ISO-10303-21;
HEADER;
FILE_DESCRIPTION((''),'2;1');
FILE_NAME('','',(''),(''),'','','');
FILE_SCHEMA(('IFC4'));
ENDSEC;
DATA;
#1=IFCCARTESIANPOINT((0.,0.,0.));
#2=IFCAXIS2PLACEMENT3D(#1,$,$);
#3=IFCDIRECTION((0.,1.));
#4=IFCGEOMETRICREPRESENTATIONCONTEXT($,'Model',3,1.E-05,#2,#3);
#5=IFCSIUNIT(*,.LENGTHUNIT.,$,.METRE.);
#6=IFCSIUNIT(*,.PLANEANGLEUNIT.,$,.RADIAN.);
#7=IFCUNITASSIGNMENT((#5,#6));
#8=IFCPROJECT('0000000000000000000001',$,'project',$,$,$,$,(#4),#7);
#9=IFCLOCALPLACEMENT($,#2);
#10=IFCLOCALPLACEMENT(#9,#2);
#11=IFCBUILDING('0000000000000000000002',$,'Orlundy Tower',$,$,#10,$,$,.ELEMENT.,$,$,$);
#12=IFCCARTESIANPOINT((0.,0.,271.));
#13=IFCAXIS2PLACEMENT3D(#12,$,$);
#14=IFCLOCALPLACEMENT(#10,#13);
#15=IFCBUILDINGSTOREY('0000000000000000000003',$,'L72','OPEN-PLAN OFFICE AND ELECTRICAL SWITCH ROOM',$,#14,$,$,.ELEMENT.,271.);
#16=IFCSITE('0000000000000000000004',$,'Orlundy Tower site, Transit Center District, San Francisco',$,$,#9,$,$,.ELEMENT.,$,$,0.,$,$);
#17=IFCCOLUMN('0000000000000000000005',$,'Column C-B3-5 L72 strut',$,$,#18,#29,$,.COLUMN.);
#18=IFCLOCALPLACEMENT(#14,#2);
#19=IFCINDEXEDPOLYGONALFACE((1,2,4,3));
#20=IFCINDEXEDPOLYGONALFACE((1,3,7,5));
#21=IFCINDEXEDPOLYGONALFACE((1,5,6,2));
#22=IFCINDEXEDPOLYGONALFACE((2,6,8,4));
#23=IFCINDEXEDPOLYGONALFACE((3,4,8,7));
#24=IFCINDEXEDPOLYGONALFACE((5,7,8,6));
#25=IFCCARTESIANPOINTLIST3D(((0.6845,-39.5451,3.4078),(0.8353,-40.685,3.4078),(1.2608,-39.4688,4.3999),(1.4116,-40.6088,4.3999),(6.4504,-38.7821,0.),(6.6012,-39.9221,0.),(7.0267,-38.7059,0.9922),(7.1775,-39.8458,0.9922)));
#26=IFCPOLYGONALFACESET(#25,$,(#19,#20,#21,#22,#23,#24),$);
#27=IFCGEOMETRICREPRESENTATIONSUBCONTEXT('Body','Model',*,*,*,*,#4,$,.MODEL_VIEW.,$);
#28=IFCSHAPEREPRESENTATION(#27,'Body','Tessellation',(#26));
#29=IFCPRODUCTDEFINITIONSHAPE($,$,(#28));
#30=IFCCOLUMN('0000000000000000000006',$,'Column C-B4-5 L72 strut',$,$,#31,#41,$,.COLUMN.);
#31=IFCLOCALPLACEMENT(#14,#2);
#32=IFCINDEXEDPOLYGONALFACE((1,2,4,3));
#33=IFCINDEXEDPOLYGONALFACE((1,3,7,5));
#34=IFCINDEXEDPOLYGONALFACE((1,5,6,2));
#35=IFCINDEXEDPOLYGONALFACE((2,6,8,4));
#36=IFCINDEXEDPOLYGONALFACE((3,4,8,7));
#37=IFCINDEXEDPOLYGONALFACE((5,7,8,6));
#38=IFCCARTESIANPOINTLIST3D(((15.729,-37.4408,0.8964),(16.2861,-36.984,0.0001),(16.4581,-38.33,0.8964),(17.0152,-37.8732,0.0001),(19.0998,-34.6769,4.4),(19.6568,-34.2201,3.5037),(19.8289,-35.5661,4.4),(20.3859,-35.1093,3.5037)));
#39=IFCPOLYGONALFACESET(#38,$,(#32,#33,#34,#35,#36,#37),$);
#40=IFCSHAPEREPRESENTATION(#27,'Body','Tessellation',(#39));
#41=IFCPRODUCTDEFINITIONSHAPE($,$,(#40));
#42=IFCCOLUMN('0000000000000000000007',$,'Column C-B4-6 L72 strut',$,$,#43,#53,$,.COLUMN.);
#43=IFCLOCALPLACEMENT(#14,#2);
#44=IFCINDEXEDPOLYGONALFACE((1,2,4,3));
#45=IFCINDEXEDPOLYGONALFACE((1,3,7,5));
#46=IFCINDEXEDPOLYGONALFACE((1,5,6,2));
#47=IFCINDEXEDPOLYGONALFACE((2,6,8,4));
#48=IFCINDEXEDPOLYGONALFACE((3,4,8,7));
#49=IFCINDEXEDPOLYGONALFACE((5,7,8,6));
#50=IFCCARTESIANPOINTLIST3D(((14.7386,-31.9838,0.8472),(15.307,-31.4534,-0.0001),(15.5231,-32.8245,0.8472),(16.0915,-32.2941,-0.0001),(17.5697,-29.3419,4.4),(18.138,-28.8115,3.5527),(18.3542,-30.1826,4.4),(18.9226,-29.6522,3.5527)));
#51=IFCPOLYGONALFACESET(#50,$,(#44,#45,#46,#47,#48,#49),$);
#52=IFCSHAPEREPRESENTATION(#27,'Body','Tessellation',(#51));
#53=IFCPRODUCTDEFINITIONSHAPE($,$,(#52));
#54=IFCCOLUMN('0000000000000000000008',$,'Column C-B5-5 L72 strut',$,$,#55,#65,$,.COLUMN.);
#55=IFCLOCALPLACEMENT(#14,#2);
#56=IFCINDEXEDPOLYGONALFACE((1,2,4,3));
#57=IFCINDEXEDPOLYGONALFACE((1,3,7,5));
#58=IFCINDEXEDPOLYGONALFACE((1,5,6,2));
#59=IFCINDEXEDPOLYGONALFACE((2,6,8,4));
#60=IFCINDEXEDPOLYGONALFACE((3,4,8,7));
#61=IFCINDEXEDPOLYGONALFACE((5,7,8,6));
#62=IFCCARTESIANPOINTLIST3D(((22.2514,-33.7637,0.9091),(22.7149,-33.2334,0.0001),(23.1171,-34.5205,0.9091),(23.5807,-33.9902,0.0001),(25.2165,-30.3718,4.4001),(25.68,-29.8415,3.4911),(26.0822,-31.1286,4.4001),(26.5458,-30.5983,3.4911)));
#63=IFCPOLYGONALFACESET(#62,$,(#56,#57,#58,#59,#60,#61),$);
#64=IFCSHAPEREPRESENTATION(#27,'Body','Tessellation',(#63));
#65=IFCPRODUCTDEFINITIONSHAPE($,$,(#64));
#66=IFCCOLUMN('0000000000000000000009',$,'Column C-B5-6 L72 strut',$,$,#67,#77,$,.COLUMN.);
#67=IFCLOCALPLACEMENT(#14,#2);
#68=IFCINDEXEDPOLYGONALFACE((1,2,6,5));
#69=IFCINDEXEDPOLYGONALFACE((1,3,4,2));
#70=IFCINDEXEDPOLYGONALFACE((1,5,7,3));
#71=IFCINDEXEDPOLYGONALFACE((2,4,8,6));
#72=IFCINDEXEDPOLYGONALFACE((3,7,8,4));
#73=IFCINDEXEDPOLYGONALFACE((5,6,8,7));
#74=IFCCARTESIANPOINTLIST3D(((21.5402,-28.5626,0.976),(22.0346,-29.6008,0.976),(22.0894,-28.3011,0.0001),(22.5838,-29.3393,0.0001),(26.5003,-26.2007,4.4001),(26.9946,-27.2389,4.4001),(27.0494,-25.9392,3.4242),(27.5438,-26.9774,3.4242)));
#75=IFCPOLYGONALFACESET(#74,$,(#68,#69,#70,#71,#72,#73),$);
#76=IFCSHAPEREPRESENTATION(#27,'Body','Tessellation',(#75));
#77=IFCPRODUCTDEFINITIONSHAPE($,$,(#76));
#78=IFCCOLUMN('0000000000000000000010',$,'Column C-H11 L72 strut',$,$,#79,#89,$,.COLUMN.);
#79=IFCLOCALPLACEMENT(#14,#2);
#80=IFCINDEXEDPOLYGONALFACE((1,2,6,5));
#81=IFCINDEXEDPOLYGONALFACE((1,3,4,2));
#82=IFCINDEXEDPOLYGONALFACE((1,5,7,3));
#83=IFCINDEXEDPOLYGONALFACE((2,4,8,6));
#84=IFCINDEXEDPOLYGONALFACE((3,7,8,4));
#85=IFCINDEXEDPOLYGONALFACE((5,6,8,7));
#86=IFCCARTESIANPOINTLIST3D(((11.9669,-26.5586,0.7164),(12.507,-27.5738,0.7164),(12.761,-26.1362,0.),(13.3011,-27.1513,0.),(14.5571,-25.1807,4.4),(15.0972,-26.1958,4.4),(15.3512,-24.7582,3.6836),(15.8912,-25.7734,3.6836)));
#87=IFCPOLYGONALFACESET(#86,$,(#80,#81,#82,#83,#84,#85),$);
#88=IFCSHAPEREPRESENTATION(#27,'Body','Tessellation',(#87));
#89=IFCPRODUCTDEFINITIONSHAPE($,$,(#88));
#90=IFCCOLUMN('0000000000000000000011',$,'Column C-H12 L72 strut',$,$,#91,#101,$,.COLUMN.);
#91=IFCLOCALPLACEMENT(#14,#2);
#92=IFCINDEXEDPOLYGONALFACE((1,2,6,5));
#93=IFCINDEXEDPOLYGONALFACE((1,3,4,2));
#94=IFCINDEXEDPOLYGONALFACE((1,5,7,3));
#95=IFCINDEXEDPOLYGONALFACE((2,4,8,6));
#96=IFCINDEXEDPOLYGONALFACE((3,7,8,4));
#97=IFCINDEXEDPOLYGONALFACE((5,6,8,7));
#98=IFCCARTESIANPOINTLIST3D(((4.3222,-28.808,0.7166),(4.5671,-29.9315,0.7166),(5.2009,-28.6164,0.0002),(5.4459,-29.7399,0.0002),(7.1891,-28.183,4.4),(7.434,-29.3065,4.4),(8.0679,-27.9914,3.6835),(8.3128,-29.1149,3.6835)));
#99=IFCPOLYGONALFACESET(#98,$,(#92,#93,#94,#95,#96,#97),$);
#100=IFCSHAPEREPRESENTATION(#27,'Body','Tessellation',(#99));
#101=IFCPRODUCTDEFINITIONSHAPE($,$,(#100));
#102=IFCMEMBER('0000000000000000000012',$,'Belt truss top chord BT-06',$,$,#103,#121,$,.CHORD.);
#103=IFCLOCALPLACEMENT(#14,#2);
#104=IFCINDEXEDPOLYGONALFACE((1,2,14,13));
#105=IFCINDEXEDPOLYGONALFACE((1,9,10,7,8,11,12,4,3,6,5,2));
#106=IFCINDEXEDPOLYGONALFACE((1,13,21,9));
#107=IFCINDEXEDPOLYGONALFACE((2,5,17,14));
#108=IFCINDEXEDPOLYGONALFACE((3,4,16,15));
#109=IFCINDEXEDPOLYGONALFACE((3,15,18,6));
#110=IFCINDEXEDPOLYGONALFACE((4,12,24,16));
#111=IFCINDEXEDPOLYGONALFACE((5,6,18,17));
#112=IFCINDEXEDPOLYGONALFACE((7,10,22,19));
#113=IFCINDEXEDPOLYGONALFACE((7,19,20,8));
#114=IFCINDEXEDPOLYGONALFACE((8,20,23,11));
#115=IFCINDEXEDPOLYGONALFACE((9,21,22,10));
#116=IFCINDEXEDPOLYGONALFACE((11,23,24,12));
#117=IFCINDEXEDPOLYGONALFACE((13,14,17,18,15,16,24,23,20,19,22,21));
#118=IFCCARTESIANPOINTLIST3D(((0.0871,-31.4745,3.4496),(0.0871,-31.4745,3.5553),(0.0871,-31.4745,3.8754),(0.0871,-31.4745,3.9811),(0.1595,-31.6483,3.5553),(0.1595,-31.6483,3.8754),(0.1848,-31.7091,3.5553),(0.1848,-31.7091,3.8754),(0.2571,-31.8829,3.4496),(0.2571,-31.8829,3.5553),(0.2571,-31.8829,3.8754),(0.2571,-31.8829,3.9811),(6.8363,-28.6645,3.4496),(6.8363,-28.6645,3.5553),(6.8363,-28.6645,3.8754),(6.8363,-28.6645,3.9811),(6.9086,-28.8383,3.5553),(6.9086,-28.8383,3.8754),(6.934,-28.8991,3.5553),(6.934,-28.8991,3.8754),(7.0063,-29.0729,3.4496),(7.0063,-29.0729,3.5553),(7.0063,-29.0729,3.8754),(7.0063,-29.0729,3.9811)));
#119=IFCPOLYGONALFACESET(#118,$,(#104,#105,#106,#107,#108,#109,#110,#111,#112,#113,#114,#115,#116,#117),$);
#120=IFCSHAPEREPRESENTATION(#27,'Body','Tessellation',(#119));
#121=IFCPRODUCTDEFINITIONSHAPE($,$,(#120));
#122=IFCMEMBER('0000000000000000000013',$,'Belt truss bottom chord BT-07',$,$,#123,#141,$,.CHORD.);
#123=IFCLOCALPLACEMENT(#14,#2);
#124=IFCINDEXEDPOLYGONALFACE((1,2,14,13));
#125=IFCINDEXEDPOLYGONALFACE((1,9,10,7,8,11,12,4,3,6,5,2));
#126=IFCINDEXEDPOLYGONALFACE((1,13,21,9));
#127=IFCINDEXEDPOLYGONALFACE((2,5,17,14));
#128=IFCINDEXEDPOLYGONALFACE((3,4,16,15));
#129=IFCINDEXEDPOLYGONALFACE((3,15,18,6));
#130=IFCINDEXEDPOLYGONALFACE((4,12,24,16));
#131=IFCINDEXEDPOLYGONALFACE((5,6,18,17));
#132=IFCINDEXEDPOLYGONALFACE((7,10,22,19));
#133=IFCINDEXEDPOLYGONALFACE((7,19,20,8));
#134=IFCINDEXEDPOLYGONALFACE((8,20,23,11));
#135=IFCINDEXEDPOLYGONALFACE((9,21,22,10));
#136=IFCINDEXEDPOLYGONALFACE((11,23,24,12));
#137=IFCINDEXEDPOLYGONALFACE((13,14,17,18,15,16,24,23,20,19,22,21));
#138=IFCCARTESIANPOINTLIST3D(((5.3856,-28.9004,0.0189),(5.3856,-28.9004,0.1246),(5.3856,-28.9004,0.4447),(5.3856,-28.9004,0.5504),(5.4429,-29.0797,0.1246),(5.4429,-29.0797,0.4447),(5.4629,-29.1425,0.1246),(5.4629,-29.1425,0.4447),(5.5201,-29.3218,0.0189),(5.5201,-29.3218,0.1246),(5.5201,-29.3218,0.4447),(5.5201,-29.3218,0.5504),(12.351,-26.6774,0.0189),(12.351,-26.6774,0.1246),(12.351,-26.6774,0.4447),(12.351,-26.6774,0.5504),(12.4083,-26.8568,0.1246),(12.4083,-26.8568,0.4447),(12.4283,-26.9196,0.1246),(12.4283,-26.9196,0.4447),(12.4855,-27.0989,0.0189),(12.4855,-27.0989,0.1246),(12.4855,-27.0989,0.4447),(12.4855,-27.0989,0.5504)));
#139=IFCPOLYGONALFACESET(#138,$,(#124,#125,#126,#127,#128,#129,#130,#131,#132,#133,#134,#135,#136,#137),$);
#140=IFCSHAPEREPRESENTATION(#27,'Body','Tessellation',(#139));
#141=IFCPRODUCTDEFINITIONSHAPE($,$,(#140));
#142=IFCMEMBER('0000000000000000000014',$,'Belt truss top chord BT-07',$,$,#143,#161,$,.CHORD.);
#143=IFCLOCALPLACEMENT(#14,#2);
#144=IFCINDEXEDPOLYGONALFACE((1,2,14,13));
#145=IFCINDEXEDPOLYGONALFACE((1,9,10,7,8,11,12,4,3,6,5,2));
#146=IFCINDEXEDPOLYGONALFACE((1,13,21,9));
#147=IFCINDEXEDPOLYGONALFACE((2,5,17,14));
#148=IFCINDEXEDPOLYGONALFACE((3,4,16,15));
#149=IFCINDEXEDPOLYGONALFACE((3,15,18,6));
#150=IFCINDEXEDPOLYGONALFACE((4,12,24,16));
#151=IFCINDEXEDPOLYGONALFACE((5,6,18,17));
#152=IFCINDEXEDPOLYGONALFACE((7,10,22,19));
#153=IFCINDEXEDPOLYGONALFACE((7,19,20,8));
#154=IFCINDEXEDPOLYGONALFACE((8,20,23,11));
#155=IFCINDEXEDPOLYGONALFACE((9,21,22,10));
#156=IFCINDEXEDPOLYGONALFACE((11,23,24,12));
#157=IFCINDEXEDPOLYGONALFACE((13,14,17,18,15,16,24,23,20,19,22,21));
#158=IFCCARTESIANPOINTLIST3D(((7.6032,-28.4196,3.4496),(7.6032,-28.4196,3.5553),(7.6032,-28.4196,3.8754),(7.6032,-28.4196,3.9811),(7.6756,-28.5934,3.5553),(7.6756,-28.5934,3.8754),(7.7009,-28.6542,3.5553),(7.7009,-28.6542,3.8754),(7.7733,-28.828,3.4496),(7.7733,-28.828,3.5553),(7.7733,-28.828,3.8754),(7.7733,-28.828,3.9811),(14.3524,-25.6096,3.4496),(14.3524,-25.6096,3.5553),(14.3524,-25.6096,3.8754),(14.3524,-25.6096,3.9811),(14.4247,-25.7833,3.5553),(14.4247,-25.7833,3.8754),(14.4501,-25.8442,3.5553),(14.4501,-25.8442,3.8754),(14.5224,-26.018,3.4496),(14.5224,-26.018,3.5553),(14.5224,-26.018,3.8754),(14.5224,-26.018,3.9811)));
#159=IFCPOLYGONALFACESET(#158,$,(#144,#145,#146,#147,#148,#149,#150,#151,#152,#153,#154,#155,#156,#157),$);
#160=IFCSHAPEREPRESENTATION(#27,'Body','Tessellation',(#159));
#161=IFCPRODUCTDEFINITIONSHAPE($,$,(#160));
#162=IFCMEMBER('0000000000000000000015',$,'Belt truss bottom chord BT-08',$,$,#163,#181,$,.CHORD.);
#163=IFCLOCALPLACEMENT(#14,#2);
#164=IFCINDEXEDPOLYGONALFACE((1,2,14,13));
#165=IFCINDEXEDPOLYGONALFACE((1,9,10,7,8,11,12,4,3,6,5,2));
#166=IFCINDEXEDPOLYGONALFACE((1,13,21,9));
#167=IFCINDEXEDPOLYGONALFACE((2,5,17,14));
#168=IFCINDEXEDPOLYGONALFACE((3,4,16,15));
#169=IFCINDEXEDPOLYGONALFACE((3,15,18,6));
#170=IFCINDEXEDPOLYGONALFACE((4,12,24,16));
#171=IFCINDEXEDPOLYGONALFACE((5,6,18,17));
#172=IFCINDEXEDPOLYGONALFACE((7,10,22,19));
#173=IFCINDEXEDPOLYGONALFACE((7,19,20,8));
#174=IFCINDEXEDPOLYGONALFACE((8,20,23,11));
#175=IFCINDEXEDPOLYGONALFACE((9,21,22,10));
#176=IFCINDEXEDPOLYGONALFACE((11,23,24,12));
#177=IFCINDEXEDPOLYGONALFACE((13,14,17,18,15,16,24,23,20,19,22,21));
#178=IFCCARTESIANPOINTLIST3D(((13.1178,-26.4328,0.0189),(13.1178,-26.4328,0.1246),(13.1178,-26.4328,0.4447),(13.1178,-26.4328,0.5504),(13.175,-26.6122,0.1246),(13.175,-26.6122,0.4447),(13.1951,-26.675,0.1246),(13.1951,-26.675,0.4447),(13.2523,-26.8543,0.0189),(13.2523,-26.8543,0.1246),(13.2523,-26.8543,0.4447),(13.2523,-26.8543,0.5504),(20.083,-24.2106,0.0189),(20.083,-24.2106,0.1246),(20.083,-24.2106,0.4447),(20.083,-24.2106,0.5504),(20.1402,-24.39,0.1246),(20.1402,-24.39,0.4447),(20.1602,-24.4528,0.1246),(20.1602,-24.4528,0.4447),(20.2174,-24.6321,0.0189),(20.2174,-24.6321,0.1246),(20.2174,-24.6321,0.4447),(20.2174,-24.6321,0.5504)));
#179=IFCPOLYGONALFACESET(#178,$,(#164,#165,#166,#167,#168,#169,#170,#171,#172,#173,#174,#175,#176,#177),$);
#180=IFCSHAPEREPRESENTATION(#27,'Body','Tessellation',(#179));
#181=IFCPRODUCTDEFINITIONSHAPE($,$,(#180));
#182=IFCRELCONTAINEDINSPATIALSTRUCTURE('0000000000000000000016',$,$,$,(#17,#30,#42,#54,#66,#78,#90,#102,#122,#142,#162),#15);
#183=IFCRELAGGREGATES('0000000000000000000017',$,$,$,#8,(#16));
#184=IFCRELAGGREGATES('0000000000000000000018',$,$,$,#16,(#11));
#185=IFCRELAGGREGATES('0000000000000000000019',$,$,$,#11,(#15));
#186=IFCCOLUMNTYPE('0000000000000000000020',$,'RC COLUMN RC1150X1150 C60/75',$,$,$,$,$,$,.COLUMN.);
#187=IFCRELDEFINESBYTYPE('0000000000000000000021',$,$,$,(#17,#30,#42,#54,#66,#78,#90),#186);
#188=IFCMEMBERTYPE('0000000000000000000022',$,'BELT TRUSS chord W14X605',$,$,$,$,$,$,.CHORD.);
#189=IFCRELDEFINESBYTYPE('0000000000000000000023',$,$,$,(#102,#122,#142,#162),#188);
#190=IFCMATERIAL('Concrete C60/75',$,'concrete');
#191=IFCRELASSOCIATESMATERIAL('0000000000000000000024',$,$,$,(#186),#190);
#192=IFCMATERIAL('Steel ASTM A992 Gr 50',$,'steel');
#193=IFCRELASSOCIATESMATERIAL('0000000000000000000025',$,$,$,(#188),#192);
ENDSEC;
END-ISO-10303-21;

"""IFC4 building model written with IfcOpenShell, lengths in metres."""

from ifc_helpers import new_model, si_unit, direction, frame, origin, origin_2d, place, context, subcontext, project, spatial, rectangle, i_section, extrude, material, material_profile, profile_set, type_object, element, save


model = new_model("IFC4")

# Units and contexts
model_context = context("Model", 3, precision=1e-05, world=origin(), true_north=direction((0.0, 1.0)))
body_context = subcontext(model_context, "Body", "Model", "MODEL_VIEW")
ifc_project = project(units=[si_unit("LENGTHUNIT", "METRE"), si_unit("PLANEANGLEUNIT", "RADIAN")], contexts=[model_context])

# Site, building, storey
site_placement = place(None, origin())
site = spatial("IfcSite", under=ifc_project, at=site_placement, Name="Orlundy Tower site, Transit Center District, San Francisco", CompositionType="ELEMENT", RefElevation=0.0)
building_placement = place(site_placement, origin())
building = spatial("IfcBuilding", under=site, at=building_placement, Name="Orlundy Tower", CompositionType="ELEMENT")
storey_placement = place(building_placement, frame((0.0, 0.0, 271.0)))
storey = spatial("IfcBuildingStorey", under=building, at=storey_placement, Name="L72", Description="OPEN-PLAN OFFICE AND ELECTRICAL SWITCH ROOM", CompositionType="ELEMENT", Elevation=271.0)

# Columns
ifc_material_1 = material(Name="Concrete C60/75", Category="concrete")
ifc_material_profile_1 = material_profile(ifc_material_1, rectangle(XDim=1.1499, YDim=1.1499, at=origin_2d()), Name="RC1150X1150")
ifc_profile_set_1 = profile_set([ifc_material_profile_1], Name="Concrete C60/75")
column_type = type_object("IfcColumnType", Name="RC COLUMN RC1150X1150 C60/75", PredefinedType="COLUMN", material=ifc_profile_set_1)
column_1_placement = place(storey_placement, frame((6.814, -39.314, 0.4961), z_axis=(-0.855355, -0.113181, 0.505528), x_axis=(0.131177, -0.991359, 0.0)))
element("IfcColumn", 1, at=column_1_placement, inside=storey, type_object=column_type, Name="Column C-B3-5 L72 strut", PredefinedType="COLUMN", context=body_context, shape_type="SweptSolid", body=[
    extrude(rectangle(XDim=1.1499, YDim=1.1499, at=origin_2d()), origin(), (0.0, 0.0, 1.0), 6.741),
])
column_2_placement = place(storey_placement, frame((16.3721, -37.657, 0.4482), z_axis=(0.602731, 0.494207, 0.626478), x_axis=(-0.634055, 0.773288, 0.0)))
element("IfcColumn", 2, at=column_2_placement, inside=storey, type_object=column_type, Name="Column C-B4-5 L72 strut", PredefinedType="COLUMN", context=body_context, shape_type="SweptSolid", body=[
    extrude(rectangle(XDim=1.1499, YDim=1.1499, at=origin_2d()), origin(), (0.0, 0.0, 1.0), 5.5925),
])
column_3_placement = place(storey_placement, frame((15.415, -32.1389, 0.4236), z_axis=(0.538725, 0.50272, 0.676054), x_axis=(-0.682253, 0.731116, 0.0)))
element("IfcColumn", 3, at=column_3_placement, inside=storey, type_object=column_type, Name="Column C-B4-6 L72 strut", PredefinedType="COLUMN", context=body_context, shape_type="SweptSolid", body=[
    extrude(rectangle(XDim=1.1499, YDim=1.1499, at=origin_2d()), origin(), (0.0, 0.0, 1.0), 5.2551),
])
column_4_placement = place(storey_placement, frame((22.916, -33.877, 0.4546), z_axis=(0.520245, 0.595123, 0.612514), x_axis=(-0.752882, 0.658155, 0.0)))
element("IfcColumn", 4, at=column_4_placement, inside=storey, type_object=column_type, Name="Column C-B5-5 L72 strut", PredefinedType="COLUMN", context=body_context, shape_type="SweptSolid", body=[
    extrude(rectangle(XDim=1.1499, YDim=1.1499, at=origin_2d()), origin(), (0.0, 0.0, 1.0), 5.6995),
])
column_5_placement = place(storey_placement, frame((22.062, -28.9509, 0.488), z_axis=(0.766218, 0.364855, 0.528953), x_axis=(-0.429923, 0.902865, 0.0)))
element("IfcColumn", 5, at=column_5_placement, inside=storey, type_object=column_type, Name="Column C-B5-6 L72 strut", PredefinedType="COLUMN", context=body_context, shape_type="SweptSolid", body=[
    extrude(rectangle(XDim=1.1499, YDim=1.1499, at=origin_2d()), origin(), (0.0, 0.0, 1.0), 6.4734),
])
for number, where, z_axis, x_axis, name in (
    (6, (12.634, -26.855, 0.3582), (0.550012, 0.292607, 0.78222), (-0.469672, 0.882841, 0.0), "Column C-H11 L72 strut"),
    (7, (4.884, -29.2739, 0.3584), (0.60879, 0.132717, 0.782152), (-0.213, 0.977052, 0.0), "Column C-H12 L72 strut"),
):
    element("IfcColumn", number, at=place(storey_placement, frame(where, z_axis=z_axis, x_axis=x_axis)), inside=storey, type_object=column_type, Name=name, PredefinedType="COLUMN", context=body_context, shape_type="SweptSolid", body=[
        extrude(rectangle(XDim=1.1499, YDim=1.1499, at=origin_2d()), origin(), (0.0, 0.0, 1.0), 4.7092),
    ])

# Members
ifc_material_2 = material(Name="Steel ASTM A992 Gr 50", Category="steel")
ifc_material_profile_2 = material_profile(ifc_material_2, i_section(OverallWidth=0.4424, OverallDepth=0.5315, WebThickness=0.0659, FlangeThickness=0.1057, at=origin_2d()), Name="W14X605")
ifc_profile_set_2 = profile_set([ifc_material_profile_2], Name="Steel ASTM A992 Gr 50")
member_type_1 = type_object("IfcMemberType", Name="BELT TRUSS chord W14X605", PredefinedType="CHORD", material=ifc_profile_set_2)
member_1_placement = place(storey_placement, frame((0.1721, -31.6787, 3.7153), z_axis=(0.923181, 0.384366, 0.0), x_axis=(-0.384366, 0.923181, 0.0)))
element("IfcMember", 8, at=member_1_placement, inside=storey, type_object=member_type_1, Name="Belt truss top chord BT-06", PredefinedType="CHORD", context=body_context, shape_type="SweptSolid", body=[
    extrude(i_section(OverallWidth=0.4424, OverallDepth=0.5315, WebThickness=0.0659, FlangeThickness=0.1057, at=origin_2d()), origin(), (0.0, 0.0, 1.0), 7.3108),
])
member_2_placement = place(storey_placement, frame((5.4529, -29.1111, 0.2847), z_axis=(0.952662, 0.304031, 0.0), x_axis=(-0.304031, 0.952662, 0.0)))
element("IfcMember", 9, at=member_2_placement, inside=storey, type_object=member_type_1, Name="Belt truss bottom chord BT-07", PredefinedType="CHORD", context=body_context, shape_type="SweptSolid", body=[
    extrude(i_section(OverallWidth=0.4424, OverallDepth=0.5315, WebThickness=0.0659, FlangeThickness=0.1057, at=origin_2d()), origin(), (0.0, 0.0, 1.0), 7.3115),
])
member_3_placement = place(storey_placement, frame((7.6882, -28.6238, 3.7153), z_axis=(0.923181, 0.384366, 0.0), x_axis=(-0.384366, 0.923181, 0.0)))
element("IfcMember", 10, at=member_3_placement, inside=storey, type_object=member_type_1, Name="Belt truss top chord BT-07", PredefinedType="CHORD", context=body_context, shape_type="SweptSolid", body=[
    extrude(i_section(OverallWidth=0.4424, OverallDepth=0.5315, WebThickness=0.0659, FlangeThickness=0.1057, at=origin_2d()), origin(), (0.0, 0.0, 1.0), 7.3108),
])
member_4_placement = place(storey_placement, frame((13.1851, -26.6436, 0.2847), z_axis=(0.952688, 0.303949, 0.0), x_axis=(-0.303949, 0.952688, 0.0)))
element("IfcMember", 11, at=member_4_placement, inside=storey, type_object=member_type_1, Name="Belt truss bottom chord BT-08", PredefinedType="CHORD", context=body_context, shape_type="SweptSolid", body=[
    extrude(i_section(OverallWidth=0.4424, OverallDepth=0.5315, WebThickness=0.0659, FlangeThickness=0.1057, at=origin_2d()), origin(), (0.0, 0.0, 1.0), 7.311),
])

save(model, "model.ifc")
